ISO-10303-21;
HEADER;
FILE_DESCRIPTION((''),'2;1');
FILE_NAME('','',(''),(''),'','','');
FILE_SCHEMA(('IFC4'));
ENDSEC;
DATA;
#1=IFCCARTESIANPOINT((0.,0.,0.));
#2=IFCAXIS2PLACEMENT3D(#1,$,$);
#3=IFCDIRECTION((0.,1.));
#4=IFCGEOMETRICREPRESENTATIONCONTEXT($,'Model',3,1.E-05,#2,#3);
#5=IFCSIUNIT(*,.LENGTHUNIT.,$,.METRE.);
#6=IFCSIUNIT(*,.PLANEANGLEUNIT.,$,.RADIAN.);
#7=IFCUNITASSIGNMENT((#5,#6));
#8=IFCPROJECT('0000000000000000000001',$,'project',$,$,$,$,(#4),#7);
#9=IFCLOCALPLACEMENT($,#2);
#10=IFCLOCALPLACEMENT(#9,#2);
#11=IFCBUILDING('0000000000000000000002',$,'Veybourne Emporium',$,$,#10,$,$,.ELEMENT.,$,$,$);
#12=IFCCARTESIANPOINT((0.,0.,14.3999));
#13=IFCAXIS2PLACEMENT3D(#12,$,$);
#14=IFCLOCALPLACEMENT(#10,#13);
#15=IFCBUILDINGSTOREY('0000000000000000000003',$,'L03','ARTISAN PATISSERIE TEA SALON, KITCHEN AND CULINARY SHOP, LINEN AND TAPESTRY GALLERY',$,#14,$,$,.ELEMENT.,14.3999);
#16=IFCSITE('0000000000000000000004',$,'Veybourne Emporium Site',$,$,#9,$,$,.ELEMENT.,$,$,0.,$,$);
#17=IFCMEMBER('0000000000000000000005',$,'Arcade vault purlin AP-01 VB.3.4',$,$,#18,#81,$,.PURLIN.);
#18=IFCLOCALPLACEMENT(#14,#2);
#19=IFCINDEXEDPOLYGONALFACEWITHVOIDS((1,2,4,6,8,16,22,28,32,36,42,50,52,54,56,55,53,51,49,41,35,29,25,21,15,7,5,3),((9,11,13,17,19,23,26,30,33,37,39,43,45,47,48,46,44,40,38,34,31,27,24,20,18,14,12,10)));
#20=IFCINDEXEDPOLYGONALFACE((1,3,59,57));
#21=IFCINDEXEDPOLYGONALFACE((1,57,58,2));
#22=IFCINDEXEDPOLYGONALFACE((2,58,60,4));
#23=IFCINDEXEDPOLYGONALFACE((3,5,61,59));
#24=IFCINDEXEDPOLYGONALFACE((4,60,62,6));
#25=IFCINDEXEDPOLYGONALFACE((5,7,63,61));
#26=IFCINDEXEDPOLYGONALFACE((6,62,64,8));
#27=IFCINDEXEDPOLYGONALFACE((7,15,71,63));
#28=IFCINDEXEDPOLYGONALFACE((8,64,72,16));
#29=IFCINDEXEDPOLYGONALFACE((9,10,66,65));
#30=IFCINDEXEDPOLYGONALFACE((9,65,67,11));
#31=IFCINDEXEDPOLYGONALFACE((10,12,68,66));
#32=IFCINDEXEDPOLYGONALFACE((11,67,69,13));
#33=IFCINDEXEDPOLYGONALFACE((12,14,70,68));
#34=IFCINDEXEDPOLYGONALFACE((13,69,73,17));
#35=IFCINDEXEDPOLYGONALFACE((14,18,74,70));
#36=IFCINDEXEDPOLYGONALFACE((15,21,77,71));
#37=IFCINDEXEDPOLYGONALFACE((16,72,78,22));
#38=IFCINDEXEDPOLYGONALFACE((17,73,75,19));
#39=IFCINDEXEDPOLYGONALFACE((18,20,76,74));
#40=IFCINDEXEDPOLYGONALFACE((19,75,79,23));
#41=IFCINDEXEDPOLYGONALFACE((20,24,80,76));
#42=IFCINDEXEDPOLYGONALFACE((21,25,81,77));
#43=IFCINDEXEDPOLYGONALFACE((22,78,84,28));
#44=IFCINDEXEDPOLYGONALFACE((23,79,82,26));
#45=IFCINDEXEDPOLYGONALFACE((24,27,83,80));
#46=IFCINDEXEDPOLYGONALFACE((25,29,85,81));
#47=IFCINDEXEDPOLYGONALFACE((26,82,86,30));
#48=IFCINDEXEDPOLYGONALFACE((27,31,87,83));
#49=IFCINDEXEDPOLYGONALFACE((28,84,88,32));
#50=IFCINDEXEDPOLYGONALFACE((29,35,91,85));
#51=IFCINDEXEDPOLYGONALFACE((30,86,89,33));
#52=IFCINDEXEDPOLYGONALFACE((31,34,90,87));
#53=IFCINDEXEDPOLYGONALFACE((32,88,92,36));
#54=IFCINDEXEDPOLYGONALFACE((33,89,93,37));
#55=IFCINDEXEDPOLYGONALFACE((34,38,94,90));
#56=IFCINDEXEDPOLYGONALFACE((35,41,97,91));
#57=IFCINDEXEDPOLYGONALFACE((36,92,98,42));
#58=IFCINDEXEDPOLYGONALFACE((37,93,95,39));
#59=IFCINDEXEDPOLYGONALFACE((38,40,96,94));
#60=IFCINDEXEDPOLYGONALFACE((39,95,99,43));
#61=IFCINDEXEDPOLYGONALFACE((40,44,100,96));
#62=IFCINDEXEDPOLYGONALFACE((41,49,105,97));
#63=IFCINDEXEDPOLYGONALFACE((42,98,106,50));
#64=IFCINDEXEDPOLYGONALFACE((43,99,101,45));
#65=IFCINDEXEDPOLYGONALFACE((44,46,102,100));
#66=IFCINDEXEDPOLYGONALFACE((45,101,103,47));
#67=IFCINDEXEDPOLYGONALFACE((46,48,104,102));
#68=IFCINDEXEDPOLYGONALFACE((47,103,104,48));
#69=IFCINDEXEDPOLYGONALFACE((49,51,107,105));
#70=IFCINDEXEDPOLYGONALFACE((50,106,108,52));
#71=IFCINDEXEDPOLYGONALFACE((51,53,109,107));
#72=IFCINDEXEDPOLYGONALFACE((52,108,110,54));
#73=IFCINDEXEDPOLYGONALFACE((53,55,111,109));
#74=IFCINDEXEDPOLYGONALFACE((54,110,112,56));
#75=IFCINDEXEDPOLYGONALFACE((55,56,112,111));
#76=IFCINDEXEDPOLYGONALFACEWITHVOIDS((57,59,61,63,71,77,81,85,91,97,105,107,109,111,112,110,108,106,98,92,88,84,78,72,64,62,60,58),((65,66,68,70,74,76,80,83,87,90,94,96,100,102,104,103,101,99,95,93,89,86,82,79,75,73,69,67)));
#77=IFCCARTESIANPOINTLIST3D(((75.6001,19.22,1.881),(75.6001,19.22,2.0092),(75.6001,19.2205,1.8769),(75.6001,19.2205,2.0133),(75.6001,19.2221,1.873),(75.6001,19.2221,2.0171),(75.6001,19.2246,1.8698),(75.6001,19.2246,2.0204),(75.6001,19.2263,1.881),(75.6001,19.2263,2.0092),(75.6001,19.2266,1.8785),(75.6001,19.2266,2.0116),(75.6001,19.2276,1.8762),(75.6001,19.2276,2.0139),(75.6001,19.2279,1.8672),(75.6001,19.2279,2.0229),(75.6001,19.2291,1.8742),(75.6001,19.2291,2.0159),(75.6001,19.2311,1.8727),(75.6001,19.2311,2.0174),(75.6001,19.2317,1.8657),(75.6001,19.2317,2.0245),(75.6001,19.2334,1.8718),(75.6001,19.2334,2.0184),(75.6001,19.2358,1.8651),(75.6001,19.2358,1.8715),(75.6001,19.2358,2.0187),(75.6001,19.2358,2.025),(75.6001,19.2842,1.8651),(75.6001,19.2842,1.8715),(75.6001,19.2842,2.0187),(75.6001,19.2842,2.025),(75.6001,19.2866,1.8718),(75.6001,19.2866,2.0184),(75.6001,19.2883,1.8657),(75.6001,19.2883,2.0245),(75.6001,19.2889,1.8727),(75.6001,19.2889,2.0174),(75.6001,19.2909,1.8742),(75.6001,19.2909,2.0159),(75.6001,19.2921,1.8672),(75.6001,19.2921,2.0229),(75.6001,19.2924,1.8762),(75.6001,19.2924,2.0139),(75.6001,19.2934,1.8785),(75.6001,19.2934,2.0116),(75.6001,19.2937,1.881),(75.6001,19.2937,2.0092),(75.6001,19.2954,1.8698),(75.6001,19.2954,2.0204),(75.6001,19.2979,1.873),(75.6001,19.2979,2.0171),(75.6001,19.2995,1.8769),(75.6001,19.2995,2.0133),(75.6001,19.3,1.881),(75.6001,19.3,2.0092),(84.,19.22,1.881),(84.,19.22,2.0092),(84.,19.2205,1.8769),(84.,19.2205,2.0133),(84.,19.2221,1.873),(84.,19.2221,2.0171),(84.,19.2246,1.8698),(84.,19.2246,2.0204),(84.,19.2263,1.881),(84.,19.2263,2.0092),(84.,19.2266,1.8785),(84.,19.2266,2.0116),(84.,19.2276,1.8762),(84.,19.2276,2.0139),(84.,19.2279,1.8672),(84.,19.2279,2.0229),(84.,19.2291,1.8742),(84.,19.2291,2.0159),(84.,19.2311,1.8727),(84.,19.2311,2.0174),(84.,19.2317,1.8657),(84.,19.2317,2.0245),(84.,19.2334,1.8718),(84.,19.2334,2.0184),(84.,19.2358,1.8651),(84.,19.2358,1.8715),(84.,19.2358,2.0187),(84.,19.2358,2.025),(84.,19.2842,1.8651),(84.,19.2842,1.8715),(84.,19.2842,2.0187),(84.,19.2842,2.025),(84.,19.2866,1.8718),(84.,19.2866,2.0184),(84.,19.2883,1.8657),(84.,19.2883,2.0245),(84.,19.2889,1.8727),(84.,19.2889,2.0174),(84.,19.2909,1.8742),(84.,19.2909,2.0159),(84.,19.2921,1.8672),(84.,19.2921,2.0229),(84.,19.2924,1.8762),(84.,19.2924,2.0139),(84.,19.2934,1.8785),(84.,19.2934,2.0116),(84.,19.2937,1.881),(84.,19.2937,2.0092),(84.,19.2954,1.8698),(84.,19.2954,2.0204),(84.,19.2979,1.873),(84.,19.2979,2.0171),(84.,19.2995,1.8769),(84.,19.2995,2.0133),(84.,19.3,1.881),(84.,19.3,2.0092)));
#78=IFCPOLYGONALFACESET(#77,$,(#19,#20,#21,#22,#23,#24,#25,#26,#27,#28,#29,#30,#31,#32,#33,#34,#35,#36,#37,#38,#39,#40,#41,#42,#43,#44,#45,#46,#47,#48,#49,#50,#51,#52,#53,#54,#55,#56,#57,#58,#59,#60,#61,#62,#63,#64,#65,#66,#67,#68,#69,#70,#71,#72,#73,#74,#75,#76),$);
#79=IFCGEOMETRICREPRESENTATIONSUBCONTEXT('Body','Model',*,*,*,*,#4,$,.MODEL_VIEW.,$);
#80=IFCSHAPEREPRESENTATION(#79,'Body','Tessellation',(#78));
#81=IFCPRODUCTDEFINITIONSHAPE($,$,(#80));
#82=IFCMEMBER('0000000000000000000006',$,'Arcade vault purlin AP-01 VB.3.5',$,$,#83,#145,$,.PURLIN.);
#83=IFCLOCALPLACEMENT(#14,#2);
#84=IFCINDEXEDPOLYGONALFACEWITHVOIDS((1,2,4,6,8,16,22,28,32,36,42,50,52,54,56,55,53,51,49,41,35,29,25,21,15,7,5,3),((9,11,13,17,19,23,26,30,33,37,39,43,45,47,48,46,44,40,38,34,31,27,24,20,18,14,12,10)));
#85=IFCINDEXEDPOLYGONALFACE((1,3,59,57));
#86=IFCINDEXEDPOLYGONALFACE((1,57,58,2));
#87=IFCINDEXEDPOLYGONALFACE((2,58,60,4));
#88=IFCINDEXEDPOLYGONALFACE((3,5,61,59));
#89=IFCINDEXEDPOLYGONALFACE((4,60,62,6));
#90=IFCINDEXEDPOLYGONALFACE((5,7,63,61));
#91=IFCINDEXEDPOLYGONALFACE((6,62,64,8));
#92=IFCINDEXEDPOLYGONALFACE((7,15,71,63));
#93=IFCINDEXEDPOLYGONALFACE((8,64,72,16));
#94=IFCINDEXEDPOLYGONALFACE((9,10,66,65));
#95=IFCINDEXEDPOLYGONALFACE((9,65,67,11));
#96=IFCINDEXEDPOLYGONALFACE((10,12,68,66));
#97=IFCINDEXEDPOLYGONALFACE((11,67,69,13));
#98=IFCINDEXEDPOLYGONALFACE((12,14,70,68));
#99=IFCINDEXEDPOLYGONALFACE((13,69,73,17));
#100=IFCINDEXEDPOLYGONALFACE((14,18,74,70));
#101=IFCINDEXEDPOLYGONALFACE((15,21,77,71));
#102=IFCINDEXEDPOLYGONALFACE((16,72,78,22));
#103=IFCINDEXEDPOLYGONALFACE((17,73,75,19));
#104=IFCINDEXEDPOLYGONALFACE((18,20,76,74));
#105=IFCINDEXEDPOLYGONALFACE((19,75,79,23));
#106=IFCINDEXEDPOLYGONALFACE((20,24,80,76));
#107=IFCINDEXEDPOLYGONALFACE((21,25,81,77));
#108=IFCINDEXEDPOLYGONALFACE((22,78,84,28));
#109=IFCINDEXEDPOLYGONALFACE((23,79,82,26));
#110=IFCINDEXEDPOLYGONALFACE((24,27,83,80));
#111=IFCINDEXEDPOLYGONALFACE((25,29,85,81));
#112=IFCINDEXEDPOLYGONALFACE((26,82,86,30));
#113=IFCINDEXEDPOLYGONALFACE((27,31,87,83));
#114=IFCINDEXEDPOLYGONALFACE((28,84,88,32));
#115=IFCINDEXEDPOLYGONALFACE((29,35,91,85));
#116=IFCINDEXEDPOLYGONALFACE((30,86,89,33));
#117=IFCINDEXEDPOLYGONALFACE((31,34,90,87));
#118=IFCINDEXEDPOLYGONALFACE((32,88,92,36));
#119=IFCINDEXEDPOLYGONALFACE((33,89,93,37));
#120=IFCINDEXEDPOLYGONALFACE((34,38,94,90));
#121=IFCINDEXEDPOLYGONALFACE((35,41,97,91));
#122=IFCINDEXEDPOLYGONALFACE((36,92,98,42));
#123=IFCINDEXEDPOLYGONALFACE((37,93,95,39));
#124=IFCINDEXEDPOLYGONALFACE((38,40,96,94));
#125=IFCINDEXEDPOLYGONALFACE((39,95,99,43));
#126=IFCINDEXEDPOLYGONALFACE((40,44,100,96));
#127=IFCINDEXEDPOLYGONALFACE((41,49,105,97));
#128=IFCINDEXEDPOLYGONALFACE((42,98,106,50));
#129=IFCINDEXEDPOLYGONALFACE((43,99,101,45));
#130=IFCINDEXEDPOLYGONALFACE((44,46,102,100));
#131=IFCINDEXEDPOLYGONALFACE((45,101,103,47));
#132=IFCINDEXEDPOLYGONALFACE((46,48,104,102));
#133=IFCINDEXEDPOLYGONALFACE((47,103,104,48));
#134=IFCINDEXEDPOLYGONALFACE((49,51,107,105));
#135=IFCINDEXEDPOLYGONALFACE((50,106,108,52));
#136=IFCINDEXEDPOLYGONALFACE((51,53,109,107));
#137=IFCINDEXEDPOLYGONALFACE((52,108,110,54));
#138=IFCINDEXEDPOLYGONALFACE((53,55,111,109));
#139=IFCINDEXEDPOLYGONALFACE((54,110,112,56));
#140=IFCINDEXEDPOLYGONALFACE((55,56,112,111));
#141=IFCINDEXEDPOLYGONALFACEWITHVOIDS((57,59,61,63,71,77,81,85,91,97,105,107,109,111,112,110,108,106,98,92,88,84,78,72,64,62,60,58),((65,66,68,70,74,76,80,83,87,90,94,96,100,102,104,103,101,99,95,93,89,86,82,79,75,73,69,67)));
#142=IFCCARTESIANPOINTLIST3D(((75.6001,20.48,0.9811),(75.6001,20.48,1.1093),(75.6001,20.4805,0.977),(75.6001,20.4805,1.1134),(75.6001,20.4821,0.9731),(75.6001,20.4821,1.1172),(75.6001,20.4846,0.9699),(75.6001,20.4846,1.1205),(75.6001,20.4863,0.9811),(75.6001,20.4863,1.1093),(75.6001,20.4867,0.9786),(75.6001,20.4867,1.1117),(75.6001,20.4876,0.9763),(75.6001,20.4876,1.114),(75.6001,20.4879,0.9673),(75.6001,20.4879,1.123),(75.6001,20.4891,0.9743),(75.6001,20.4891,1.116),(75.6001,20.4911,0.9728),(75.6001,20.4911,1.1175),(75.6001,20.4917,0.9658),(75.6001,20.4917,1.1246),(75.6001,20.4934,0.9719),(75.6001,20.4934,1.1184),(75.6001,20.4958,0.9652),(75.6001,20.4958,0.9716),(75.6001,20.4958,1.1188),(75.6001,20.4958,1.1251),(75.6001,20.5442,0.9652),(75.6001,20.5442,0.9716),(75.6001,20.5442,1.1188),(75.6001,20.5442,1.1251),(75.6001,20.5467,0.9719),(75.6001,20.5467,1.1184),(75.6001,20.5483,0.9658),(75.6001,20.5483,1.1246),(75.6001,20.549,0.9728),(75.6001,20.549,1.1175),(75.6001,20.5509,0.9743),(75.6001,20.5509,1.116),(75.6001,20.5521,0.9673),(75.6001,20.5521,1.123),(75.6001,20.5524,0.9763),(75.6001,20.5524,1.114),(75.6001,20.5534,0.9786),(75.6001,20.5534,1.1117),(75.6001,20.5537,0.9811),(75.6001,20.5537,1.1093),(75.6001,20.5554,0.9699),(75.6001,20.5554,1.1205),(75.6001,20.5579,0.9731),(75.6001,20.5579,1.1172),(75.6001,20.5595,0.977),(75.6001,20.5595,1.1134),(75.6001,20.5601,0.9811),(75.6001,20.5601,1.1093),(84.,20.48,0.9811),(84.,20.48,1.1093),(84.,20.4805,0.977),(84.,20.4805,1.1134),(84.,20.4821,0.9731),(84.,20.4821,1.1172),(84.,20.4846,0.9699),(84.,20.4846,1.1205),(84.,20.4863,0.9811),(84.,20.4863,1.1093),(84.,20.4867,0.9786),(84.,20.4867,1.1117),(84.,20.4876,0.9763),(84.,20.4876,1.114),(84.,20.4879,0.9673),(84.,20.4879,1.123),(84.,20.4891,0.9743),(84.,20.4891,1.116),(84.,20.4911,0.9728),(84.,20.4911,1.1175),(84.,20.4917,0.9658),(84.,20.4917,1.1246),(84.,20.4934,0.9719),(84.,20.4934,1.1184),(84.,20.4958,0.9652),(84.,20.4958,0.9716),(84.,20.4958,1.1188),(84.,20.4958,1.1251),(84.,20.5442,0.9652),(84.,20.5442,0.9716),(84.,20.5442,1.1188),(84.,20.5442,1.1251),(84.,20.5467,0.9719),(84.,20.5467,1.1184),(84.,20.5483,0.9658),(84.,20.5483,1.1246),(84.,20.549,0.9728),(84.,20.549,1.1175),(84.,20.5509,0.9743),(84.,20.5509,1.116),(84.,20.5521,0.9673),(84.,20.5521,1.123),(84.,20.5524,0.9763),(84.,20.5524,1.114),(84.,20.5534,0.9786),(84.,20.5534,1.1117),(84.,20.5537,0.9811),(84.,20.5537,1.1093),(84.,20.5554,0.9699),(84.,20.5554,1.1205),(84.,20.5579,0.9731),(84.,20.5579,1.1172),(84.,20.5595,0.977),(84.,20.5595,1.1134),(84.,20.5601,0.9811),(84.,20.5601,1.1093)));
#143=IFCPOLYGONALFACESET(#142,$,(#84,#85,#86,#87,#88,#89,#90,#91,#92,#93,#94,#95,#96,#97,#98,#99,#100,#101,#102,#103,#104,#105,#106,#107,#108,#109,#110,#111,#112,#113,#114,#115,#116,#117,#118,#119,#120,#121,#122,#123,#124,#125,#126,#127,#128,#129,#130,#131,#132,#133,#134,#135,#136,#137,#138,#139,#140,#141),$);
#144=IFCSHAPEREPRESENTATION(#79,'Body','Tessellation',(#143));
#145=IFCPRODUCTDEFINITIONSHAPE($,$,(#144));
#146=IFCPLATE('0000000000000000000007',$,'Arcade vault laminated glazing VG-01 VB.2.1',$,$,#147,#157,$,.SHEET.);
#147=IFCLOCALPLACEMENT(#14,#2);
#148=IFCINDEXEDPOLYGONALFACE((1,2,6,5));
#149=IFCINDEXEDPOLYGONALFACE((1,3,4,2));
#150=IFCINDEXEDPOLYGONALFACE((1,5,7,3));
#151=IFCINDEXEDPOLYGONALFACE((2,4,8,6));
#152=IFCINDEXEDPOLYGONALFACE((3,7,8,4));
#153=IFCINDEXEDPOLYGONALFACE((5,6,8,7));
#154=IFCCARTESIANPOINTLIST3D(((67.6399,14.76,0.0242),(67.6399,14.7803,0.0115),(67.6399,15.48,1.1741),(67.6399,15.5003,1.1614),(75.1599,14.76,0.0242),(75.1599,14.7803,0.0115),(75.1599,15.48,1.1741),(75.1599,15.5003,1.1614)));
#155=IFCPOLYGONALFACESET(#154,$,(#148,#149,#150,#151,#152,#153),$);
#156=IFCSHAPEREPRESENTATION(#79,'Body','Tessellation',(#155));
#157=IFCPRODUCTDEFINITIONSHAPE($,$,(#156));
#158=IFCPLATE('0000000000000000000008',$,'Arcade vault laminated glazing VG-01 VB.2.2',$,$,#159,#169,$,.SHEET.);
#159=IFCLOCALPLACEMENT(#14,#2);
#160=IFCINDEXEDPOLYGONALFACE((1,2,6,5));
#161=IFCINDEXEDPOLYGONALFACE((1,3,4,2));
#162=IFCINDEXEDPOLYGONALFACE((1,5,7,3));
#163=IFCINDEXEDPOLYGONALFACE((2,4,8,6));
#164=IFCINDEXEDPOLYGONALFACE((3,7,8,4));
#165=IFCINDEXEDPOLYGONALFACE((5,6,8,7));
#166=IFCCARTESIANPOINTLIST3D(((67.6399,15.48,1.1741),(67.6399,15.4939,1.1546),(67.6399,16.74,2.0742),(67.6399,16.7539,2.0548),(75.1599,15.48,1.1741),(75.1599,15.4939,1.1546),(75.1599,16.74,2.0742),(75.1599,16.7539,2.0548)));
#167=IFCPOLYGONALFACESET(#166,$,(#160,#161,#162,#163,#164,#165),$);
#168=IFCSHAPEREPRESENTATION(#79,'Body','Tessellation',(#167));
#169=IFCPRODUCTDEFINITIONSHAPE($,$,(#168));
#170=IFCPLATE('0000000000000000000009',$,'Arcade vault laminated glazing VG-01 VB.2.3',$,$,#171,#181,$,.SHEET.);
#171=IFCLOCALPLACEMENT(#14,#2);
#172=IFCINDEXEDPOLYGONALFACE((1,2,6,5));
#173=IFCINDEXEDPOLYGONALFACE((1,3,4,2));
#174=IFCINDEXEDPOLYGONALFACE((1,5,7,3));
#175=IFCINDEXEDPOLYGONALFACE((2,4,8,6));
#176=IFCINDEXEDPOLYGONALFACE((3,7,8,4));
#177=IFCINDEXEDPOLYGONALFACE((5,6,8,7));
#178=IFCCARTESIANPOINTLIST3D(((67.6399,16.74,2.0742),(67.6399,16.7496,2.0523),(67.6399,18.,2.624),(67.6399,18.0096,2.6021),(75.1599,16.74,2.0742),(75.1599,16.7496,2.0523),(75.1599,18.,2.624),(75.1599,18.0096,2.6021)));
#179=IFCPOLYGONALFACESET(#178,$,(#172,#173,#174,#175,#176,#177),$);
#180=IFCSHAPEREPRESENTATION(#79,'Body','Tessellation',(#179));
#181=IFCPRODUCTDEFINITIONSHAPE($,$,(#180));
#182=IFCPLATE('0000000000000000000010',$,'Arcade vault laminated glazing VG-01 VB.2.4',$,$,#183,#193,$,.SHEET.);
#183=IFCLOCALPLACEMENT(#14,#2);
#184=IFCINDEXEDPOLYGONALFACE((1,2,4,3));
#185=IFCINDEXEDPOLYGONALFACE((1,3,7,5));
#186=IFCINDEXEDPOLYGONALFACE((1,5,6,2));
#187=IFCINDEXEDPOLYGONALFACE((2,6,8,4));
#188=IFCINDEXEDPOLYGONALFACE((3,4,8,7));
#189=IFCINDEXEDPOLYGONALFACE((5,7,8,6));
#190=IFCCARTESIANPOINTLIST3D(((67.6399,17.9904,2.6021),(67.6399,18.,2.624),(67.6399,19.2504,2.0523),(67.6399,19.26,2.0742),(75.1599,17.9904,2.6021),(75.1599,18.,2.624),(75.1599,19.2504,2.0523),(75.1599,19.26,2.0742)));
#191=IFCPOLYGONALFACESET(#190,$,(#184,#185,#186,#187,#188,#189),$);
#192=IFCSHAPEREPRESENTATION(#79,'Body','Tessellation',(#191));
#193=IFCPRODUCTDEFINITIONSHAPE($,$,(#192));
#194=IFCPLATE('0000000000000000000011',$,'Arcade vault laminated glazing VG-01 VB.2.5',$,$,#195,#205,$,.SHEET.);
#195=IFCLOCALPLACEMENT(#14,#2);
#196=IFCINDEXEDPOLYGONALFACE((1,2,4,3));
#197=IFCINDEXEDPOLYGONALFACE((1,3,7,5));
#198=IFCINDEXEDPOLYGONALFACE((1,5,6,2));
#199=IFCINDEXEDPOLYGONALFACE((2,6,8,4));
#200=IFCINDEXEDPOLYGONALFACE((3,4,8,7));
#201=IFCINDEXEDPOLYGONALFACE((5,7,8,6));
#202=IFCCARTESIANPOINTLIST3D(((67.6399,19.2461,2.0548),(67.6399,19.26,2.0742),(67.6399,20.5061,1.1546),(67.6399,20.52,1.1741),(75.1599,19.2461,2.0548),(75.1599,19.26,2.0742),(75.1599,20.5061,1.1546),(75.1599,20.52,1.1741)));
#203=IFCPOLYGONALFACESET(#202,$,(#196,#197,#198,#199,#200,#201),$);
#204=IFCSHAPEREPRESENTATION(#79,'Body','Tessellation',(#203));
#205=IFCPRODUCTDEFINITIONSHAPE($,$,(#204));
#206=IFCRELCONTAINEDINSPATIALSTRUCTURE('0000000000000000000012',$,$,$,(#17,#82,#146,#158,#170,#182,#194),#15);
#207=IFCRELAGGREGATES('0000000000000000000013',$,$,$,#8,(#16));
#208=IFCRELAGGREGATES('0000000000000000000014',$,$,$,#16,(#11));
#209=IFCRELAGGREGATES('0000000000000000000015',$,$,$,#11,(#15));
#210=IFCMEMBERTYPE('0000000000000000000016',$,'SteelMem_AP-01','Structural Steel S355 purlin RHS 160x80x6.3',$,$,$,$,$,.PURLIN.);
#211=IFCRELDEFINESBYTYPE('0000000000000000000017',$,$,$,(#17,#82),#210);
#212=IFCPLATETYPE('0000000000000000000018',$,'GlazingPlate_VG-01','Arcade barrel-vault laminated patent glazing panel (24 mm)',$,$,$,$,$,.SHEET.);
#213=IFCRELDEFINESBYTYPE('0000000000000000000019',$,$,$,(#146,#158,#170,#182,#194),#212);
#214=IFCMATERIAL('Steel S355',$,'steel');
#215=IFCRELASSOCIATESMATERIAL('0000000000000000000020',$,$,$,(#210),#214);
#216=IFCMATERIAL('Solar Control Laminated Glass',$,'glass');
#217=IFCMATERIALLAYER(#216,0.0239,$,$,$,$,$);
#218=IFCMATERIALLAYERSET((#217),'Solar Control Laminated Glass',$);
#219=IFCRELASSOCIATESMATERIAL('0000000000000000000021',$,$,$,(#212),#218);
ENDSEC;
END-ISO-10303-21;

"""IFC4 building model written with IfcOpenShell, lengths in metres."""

from ifc_helpers import new_model, si_unit, direction, frame, origin, origin_2d, place, context, subcontext, project, spatial, polyline, hollow_rectangle, outline, extrude, material, layer, layer_set, material_profile, profile_set, type_object, element, save


model = new_model("IFC4")

# Units and contexts
model_context = context("Model", 3, precision=1e-05, world=origin(), true_north=direction((0.0, 1.0)))
body_context = subcontext(model_context, "Body", "Model", "MODEL_VIEW")
ifc_project = project(units=[si_unit("LENGTHUNIT", "METRE"), si_unit("PLANEANGLEUNIT", "RADIAN")], contexts=[model_context])

# Site, building, storey
site_placement = place(None, origin())
site = spatial("IfcSite", under=ifc_project, at=site_placement, Name="Veybourne Emporium Site", CompositionType="ELEMENT", RefElevation=0.0)
building_placement = place(site_placement, origin())
building = spatial("IfcBuilding", under=site, at=building_placement, Name="Veybourne Emporium", CompositionType="ELEMENT")
storey_placement = place(building_placement, frame((0.0, 0.0, 14.3999)))
storey = spatial("IfcBuildingStorey", under=building, at=storey_placement, Name="L03", Description="ARTISAN PATISSERIE TEA SALON, KITCHEN AND CULINARY SHOP, LINEN AND TAPESTRY GALLERY", CompositionType="ELEMENT", Elevation=14.3999)

# Shared definitions
ifc_material_1 = material(Name="Steel S355", Category="steel")

# Members
ifc_material_profile_1 = material_profile(ifc_material_1, hollow_rectangle(XDim=0.0801, YDim=0.1599, WallThickness=0.0063, InnerFilletRadius=0.0095, OuterFilletRadius=0.0159, at=origin_2d()), Name="RHS 160x80x6.3")
ifc_profile_set_1 = profile_set([ifc_material_profile_1], Name="Steel S355")
member_type = type_object("IfcMemberType", Name="SteelMem_AP-01", Description="Structural Steel S355 purlin RHS 160x80x6.3", PredefinedType="PURLIN", material=ifc_profile_set_1)
for number, where, z_axis, x_axis, name in (
    (1, (75.6001, 19.26, 1.9451), (1.0, 0.0, 0.0), (0.0, 1.0, 0.0), "Arcade vault purlin AP-01 VB.3.4"),
    (2, (75.6001, 20.52, 1.0452), (1.0, 0.0, 0.0), (0.0, 1.0, 0.0), "Arcade vault purlin AP-01 VB.3.5"),
):
    element("IfcMember", number, at=place(storey_placement, frame(where, z_axis=z_axis, x_axis=x_axis)), inside=storey, type_object=member_type, Name=name, PredefinedType="PURLIN", context=body_context, shape_type="SweptSolid", body=[
        extrude(hollow_rectangle(XDim=0.0801, YDim=0.1599, WallThickness=0.0063, InnerFilletRadius=0.0095, OuterFilletRadius=0.0159, at=origin_2d()), origin(), (0.0, 0.0, 1.0), 8.3999),
    ])

# Plates
ifc_material_2 = material(Name="Solar Control Laminated Glass", Category="glass")
ifc_layer_1 = layer(ifc_material_2, 0.0239)
ifc_layer_set_1 = layer_set([ifc_layer_1], Name="Solar Control Laminated Glass")
plate_type_1 = type_object("IfcPlateType", Name="GlazingPlate_VG-01", Description="Arcade barrel-vault laminated patent glazing panel (24 mm)", PredefinedType="SHEET", material=ifc_layer_set_1)
plate_1_placement = place(storey_placement, frame((67.6399, 14.76, 0.0242), z_axis=(0.0, -0.847573, 0.530678), x_axis=(1.0, 0.0, 0.0)))
element("IfcPlate", 3, at=plate_1_placement, inside=storey, type_object=plate_type_1, Name="Arcade vault laminated glazing VG-01 VB.2.1", PredefinedType="SHEET", context=body_context, shape_type="SweptSolid", body=[
    extrude(outline(polyline([(0.0, 0.0), (7.52, 0.0), (7.52, 1.3567), (0.0, 1.3567), (0.0, 0.0)])), origin(), (0.0, 0.0, -1.0), 0.0239),
])
plate_2_placement = place(storey_placement, frame((67.6399, 15.48, 1.1741), z_axis=(0.0, -0.581298, 0.813691), x_axis=(1.0, 0.0, 0.0)))
element("IfcPlate", 4, at=plate_2_placement, inside=storey, type_object=plate_type_1, Name="Arcade vault laminated glazing VG-01 VB.2.2", PredefinedType="SHEET", context=body_context, shape_type="SweptSolid", body=[
    extrude(outline(polyline([(0.0, 0.0), (7.52, 0.0), (7.52, 1.5485), (0.0, 1.5485), (0.0, 0.0)])), origin(), (0.0, 0.0, -1.0), 0.0239),
])
for number, where, z_axis, x_axis, name in (
    (5, (67.6399, 16.74, 2.0742), (0.0, -0.399934, 0.916544), (1.0, 0.0, 0.0), "Arcade vault laminated glazing VG-01 VB.2.3"),
    (6, (67.6399, 18.0, 2.624), (0.0, 0.399934, 0.916544), (1.0, 0.0, 0.0), "Arcade vault laminated glazing VG-01 VB.2.4"),
):
    element("IfcPlate", number, at=place(storey_placement, frame(where, z_axis=z_axis, x_axis=x_axis)), inside=storey, type_object=plate_type_1, Name=name, PredefinedType="SHEET", context=body_context, shape_type="SweptSolid", body=[
        extrude(outline(polyline([(0.0, 0.0), (7.52, 0.0), (7.52, 1.3747), (0.0, 1.3747), (0.0, 0.0)])), origin(), (0.0, 0.0, -1.0), 0.0239),
    ])
plate_3_placement = place(storey_placement, frame((67.6399, 19.26, 2.0742), z_axis=(0.0, 0.581298, 0.813691), x_axis=(1.0, 0.0, 0.0)))
element("IfcPlate", 7, at=plate_3_placement, inside=storey, type_object=plate_type_1, Name="Arcade vault laminated glazing VG-01 VB.2.5", PredefinedType="SHEET", context=body_context, shape_type="SweptSolid", body=[
    extrude(outline(polyline([(0.0, 0.0), (7.52, 0.0), (7.52, 1.5485), (0.0, 1.5485), (0.0, 0.0)])), origin(), (0.0, 0.0, -1.0), 0.0239),
])

save(model, "model.ifc")
